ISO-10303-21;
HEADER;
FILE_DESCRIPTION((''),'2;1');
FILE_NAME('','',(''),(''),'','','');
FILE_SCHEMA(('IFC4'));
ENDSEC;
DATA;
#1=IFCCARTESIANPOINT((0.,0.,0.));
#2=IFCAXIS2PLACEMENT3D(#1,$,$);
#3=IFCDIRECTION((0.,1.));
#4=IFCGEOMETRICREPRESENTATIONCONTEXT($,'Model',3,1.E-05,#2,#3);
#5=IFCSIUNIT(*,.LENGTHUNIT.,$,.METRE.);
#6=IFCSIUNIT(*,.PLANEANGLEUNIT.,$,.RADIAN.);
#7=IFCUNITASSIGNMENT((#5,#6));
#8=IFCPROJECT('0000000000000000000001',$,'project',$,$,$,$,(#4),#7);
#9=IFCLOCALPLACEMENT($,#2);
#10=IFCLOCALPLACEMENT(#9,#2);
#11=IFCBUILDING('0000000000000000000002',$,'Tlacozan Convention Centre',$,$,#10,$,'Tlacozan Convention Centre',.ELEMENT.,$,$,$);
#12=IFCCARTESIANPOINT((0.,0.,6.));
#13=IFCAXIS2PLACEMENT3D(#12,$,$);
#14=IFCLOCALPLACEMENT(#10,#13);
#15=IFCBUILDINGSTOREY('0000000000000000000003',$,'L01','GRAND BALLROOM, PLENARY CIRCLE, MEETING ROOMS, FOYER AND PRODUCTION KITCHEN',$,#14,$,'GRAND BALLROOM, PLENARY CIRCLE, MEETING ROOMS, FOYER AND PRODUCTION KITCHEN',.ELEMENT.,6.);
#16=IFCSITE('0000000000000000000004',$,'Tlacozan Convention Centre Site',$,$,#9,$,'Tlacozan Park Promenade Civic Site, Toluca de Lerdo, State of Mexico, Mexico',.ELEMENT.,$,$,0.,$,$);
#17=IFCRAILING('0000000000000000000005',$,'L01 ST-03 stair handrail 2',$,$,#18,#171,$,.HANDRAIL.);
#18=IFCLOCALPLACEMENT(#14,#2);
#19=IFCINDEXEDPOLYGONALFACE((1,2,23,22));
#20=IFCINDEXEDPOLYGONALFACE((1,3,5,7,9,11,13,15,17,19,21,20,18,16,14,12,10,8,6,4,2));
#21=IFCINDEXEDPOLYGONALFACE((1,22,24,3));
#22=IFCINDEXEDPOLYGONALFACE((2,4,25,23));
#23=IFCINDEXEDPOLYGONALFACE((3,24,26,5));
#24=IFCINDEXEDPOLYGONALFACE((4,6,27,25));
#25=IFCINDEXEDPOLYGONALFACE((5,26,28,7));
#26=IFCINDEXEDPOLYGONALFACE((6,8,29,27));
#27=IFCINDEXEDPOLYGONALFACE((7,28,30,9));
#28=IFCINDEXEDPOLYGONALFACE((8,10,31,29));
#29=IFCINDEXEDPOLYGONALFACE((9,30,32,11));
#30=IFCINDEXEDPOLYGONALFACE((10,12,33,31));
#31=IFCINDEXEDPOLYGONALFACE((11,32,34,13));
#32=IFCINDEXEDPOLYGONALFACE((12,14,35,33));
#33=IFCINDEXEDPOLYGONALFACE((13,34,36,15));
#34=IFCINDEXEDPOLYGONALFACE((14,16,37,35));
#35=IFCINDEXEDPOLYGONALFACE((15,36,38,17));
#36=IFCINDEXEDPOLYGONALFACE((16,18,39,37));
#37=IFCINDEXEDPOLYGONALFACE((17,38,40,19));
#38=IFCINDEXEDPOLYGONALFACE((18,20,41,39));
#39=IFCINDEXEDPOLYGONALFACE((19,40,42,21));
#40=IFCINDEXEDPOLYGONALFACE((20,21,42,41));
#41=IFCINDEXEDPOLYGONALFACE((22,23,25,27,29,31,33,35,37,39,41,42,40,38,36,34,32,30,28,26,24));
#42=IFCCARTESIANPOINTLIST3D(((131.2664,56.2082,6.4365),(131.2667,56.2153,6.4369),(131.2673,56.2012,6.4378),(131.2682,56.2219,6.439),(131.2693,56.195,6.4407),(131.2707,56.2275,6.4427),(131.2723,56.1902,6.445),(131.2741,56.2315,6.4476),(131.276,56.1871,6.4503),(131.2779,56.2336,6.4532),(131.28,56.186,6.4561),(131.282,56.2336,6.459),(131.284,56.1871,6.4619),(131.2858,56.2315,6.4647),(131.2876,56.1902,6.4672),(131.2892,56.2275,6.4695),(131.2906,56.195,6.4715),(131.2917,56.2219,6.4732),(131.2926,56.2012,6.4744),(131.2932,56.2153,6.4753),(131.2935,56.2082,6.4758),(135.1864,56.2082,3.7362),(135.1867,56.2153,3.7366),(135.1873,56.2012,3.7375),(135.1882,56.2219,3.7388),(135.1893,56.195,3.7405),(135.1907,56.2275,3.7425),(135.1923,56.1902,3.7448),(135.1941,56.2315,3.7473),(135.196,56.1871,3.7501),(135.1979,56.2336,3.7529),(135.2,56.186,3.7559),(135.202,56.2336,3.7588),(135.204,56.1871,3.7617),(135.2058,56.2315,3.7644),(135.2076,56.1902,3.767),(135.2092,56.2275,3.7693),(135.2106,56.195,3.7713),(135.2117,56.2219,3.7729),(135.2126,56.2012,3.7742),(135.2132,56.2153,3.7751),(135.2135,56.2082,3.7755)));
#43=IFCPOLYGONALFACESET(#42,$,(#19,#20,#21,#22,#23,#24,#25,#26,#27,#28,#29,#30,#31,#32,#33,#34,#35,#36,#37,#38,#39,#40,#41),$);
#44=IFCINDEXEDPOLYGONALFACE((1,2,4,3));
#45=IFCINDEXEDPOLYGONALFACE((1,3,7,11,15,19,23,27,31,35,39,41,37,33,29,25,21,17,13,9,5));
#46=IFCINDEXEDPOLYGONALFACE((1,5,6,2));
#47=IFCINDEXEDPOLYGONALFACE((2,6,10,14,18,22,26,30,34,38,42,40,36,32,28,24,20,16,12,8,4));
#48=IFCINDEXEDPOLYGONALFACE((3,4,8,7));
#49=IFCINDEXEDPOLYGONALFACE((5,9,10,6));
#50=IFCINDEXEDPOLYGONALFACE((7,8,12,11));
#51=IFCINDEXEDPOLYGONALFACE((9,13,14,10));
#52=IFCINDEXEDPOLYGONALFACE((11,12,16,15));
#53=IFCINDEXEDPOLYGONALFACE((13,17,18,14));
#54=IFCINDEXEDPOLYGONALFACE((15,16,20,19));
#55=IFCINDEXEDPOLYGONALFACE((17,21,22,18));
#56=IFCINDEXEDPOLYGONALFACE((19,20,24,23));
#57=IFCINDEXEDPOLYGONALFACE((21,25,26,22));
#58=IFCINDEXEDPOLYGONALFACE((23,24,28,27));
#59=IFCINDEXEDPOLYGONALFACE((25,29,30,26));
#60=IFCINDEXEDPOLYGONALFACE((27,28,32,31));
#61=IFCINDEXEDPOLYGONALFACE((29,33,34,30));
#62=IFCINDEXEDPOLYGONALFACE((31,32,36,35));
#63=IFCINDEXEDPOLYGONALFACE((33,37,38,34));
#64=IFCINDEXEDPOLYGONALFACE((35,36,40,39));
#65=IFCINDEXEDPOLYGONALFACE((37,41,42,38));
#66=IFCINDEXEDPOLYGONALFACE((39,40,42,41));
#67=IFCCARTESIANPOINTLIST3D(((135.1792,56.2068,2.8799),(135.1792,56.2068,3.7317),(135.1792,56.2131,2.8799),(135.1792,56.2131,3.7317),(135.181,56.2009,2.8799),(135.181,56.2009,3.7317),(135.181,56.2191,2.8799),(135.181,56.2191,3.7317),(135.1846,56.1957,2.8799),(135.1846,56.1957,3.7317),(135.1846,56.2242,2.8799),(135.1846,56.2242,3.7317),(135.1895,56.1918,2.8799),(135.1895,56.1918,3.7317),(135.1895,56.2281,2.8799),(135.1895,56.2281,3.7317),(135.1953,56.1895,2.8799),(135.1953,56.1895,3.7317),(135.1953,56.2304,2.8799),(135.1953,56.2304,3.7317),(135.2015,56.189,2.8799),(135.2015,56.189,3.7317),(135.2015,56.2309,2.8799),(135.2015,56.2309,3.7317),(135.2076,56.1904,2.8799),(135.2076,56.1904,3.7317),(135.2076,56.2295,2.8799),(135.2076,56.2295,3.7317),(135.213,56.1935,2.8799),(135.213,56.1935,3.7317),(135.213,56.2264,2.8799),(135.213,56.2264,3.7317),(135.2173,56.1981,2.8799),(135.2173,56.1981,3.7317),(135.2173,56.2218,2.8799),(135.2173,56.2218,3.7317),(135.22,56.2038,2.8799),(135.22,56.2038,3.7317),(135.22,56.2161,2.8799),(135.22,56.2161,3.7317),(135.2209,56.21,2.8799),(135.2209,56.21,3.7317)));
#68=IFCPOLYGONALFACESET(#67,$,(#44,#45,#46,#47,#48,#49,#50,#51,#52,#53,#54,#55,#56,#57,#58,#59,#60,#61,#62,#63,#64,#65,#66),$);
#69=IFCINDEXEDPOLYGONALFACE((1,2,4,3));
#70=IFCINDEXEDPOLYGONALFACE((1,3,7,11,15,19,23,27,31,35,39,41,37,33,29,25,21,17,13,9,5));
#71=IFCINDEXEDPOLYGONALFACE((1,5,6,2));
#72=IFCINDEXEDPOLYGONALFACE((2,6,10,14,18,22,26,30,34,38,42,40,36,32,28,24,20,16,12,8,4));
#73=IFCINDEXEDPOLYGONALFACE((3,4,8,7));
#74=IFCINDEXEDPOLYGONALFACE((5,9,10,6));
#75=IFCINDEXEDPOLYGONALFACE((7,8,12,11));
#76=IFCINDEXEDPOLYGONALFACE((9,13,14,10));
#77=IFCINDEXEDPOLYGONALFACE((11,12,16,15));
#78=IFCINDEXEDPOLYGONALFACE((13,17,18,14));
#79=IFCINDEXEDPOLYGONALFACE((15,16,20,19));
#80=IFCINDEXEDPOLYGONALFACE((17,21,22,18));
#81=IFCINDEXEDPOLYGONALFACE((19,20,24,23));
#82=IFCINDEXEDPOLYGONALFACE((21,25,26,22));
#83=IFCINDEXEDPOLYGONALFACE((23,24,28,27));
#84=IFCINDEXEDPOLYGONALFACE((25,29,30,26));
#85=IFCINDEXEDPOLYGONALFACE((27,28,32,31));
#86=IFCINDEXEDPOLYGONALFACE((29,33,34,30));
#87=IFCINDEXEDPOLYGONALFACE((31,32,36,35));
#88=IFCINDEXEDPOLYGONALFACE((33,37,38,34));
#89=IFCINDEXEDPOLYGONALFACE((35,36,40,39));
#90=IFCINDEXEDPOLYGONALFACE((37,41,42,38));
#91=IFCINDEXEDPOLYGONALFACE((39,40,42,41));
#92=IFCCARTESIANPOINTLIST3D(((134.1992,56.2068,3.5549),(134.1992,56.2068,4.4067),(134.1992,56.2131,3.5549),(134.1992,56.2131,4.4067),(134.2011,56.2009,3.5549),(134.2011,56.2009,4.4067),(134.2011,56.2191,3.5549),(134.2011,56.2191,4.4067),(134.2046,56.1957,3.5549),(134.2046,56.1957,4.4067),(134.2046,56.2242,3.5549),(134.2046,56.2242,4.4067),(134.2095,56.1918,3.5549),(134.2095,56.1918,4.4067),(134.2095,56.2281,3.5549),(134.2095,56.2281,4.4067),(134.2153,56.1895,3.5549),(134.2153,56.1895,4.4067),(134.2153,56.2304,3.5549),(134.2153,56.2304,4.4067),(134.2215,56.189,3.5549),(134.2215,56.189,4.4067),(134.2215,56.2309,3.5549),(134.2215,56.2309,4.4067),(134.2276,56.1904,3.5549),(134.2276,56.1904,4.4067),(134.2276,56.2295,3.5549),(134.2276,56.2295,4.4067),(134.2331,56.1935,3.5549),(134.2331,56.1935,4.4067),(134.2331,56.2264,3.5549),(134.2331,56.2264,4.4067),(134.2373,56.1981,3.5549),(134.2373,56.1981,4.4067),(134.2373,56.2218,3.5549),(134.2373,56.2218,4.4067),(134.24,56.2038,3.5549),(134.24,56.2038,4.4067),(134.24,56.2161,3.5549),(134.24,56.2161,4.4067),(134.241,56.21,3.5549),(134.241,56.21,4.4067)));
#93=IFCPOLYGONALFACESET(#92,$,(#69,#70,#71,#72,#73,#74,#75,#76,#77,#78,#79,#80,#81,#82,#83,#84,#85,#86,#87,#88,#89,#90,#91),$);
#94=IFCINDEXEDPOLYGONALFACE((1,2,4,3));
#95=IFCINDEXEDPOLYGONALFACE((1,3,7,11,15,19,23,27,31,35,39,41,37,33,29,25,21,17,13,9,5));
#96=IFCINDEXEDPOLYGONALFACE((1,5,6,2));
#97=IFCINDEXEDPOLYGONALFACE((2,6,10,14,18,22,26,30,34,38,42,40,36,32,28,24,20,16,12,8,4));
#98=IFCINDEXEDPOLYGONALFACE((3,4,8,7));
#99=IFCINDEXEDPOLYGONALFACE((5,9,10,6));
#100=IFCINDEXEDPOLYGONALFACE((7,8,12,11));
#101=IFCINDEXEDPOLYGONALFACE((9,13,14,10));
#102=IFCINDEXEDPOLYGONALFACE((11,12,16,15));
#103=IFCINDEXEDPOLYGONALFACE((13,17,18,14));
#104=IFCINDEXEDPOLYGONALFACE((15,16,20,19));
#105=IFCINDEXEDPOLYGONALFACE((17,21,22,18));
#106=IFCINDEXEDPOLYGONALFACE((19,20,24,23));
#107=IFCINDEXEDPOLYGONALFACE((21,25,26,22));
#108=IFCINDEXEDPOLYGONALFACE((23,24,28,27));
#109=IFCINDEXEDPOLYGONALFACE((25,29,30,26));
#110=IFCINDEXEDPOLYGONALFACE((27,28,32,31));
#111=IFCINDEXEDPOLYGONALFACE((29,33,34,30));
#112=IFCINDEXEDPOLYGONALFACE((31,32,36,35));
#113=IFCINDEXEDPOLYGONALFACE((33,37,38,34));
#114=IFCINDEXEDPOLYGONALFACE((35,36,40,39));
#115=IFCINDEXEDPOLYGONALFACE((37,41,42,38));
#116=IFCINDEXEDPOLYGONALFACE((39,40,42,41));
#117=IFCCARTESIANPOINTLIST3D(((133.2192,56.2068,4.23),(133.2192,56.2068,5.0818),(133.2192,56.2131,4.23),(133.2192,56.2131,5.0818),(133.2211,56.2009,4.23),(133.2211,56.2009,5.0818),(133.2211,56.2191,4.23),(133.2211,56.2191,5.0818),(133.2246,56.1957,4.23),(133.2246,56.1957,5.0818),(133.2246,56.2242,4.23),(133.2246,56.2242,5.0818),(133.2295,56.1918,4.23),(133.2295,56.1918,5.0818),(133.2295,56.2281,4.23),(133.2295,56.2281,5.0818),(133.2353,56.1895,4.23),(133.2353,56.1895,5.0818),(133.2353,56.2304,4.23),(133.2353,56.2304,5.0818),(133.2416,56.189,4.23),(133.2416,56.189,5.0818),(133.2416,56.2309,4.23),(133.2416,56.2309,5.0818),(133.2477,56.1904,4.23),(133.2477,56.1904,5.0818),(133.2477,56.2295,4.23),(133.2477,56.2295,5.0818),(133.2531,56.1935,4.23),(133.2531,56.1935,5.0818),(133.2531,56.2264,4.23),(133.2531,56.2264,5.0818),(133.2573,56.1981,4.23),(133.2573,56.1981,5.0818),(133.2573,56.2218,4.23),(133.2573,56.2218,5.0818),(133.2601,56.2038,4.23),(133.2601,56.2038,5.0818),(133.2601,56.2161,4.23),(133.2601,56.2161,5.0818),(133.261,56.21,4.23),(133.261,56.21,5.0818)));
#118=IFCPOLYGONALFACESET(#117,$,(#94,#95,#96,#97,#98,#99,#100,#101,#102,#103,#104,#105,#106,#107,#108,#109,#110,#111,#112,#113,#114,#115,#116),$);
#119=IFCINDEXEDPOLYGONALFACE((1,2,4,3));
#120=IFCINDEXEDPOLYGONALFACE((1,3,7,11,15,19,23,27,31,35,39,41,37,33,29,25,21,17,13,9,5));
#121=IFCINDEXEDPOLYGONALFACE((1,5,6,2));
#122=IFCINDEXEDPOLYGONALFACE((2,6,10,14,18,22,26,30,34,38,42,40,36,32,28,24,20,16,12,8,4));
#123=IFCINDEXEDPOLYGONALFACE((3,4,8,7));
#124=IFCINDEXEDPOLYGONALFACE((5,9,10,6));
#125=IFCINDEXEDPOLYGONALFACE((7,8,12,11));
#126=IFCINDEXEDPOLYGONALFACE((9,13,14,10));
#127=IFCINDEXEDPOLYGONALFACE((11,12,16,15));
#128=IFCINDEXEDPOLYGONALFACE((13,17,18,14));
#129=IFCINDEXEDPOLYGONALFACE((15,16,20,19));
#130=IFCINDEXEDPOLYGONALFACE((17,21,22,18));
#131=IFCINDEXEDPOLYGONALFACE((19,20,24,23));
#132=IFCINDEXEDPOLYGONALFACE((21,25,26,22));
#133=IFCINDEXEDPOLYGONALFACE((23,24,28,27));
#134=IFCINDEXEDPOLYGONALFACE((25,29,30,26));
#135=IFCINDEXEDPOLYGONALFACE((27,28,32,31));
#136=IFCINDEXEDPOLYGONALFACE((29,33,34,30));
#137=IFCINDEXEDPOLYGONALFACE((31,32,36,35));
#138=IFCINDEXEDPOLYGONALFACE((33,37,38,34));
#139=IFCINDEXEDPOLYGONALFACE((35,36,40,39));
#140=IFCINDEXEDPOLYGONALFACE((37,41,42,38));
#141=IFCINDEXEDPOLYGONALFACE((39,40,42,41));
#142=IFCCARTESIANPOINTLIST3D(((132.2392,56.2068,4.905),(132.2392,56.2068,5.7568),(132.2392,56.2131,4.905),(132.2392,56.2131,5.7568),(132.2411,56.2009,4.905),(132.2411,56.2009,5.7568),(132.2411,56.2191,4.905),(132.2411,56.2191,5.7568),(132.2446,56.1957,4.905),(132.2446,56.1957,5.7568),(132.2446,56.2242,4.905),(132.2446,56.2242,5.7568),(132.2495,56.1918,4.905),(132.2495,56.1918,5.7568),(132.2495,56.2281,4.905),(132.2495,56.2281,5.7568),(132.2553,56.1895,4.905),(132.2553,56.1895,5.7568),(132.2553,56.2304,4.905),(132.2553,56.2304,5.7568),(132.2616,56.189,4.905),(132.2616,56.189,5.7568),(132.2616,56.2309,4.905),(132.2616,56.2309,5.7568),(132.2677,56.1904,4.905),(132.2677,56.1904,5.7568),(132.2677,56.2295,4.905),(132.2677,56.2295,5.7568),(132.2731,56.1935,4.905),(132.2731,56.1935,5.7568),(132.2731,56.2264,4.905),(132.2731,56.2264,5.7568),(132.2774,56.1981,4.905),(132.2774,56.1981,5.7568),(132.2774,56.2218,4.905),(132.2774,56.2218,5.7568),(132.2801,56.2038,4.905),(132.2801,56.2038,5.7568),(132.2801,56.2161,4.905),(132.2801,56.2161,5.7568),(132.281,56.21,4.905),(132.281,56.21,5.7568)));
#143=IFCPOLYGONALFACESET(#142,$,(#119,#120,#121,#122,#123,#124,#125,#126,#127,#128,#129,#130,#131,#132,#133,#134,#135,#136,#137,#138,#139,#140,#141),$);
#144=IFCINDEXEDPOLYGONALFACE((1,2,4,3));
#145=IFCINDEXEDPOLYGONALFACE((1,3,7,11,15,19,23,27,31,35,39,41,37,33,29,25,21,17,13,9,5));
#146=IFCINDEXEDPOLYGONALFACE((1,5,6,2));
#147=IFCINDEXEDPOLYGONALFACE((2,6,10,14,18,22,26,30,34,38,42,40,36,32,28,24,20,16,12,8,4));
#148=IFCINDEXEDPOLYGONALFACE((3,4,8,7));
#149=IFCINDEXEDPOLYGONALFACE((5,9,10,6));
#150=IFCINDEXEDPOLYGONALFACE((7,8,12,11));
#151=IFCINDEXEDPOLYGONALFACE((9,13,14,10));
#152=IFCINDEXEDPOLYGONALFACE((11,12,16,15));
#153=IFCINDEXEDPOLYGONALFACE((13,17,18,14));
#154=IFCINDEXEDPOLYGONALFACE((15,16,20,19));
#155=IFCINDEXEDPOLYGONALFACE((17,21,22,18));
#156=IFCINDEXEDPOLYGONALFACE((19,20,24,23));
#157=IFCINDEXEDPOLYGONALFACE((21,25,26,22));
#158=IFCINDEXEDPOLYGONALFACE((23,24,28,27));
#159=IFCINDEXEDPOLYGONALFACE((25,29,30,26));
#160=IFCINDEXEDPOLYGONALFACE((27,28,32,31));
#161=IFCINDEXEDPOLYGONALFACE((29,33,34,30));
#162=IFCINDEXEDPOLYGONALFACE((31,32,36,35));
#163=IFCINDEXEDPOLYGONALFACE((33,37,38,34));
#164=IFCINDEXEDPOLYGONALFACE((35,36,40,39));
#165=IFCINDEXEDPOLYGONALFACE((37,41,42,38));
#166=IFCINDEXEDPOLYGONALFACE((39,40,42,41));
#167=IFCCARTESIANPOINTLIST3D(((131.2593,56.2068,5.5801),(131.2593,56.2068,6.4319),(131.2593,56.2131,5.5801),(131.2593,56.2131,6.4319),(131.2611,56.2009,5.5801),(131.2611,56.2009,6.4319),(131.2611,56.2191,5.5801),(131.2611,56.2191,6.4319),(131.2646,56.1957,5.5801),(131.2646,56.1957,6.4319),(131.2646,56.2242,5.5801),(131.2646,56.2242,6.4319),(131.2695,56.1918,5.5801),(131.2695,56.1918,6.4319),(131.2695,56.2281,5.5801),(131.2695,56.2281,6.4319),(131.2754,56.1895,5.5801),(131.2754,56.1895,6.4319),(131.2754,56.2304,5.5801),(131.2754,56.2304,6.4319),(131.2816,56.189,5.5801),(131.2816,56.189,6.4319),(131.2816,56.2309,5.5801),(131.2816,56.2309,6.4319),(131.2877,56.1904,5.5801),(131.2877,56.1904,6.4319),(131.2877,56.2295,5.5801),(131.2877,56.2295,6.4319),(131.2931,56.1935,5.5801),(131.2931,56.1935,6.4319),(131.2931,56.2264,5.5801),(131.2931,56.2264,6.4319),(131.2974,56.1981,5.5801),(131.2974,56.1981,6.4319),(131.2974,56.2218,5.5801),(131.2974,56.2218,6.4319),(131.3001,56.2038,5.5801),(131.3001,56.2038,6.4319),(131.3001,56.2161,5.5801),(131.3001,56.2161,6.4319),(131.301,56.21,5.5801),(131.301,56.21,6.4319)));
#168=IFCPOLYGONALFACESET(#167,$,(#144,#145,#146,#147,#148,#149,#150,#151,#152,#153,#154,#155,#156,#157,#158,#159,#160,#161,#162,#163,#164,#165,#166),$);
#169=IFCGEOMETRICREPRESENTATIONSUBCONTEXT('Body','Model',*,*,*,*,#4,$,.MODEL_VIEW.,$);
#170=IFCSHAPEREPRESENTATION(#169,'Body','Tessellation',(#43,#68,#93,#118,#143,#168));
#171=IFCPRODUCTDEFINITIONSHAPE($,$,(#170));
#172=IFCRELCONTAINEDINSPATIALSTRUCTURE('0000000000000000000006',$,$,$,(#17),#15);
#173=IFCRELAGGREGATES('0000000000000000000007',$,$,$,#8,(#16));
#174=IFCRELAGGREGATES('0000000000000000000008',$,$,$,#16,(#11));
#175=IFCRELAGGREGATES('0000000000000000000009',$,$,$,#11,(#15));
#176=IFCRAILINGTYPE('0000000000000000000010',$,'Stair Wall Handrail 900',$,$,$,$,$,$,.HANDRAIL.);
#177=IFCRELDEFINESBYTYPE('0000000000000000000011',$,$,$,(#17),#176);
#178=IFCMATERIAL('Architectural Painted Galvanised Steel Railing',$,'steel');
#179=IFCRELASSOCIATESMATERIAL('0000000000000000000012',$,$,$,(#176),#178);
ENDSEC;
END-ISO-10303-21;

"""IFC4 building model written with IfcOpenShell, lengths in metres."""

from ifc_helpers import new_model, si_unit, direction, frame, origin, origin_2d, place, context, subcontext, project, spatial, circle, extrude, material, type_object, element, save


model = new_model("IFC4")

# Units and contexts
model_context = context("Model", 3, precision=1e-05, world=origin(), true_north=direction((0.0, 1.0)))
body_context = subcontext(model_context, "Body", "Model", "MODEL_VIEW")
ifc_project = project(units=[si_unit("LENGTHUNIT", "METRE"), si_unit("PLANEANGLEUNIT", "RADIAN")], contexts=[model_context])

# Site, building, storey
site_placement = place(None, origin())
site = spatial("IfcSite", under=ifc_project, at=site_placement, Name="Tlacozan Convention Centre Site", LongName="Tlacozan Park Promenade Civic Site, Toluca de Lerdo, State of Mexico, Mexico", CompositionType="ELEMENT", RefElevation=0.0)
building_placement = place(site_placement, origin())
building = spatial("IfcBuilding", under=site, at=building_placement, Name="Tlacozan Convention Centre", LongName="Tlacozan Convention Centre", CompositionType="ELEMENT")
storey_placement = place(building_placement, frame((0.0, 0.0, 6.0)))
storey = spatial("IfcBuildingStorey", under=building, at=storey_placement, Name="L01", Description="GRAND BALLROOM, PLENARY CIRCLE, MEETING ROOMS, FOYER AND PRODUCTION KITCHEN", LongName="GRAND BALLROOM, PLENARY CIRCLE, MEETING ROOMS, FOYER AND PRODUCTION KITCHEN", CompositionType="ELEMENT", Elevation=6.0)

# Railing
ifc_material_1 = material(Name="Architectural Painted Galvanised Steel Railing", Category="steel")
railing_type_1 = type_object("IfcRailingType", Name="Stair Wall Handrail 900", PredefinedType="HANDRAIL", material=ifc_material_1)
railing_1_placement = place(storey_placement, frame((135.2, 56.21, 2.8799)))
element("IfcRailing", 1, at=railing_1_placement, inside=storey, type_object=railing_type_1, Name="L01 ST-03 stair handrail 2", PredefinedType="HANDRAIL", context=body_context, shape_type="SweptSolid", body=[
    extrude(circle(Radius=0.0239, at=origin_2d()), frame((0.0, 0.0, 0.876), z_axis=(-0.823527, 0.0, 0.567277), x_axis=(0.0, -1.0, 0.0)), (0.0, 0.0, 1.0), 4.76),
    extrude(circle(Radius=0.021, at=origin_2d()), origin(), (0.0, 0.0, 1.0), 0.8518),
    extrude(circle(Radius=0.021, at=origin_2d()), frame((-0.98, 0.0, 0.675)), (0.0, 0.0, 1.0), 0.8518),
    extrude(circle(Radius=0.021, at=origin_2d()), frame((-1.96, 0.0, 1.3501)), (0.0, 0.0, 1.0), 0.8518),
    extrude(circle(Radius=0.021, at=origin_2d()), frame((-2.9399, 0.0, 2.0251)), (0.0, 0.0, 1.0), 0.8518),
    extrude(circle(Radius=0.021, at=origin_2d()), frame((-3.9199, 0.0, 2.7002)), (0.0, 0.0, 1.0), 0.8518),
])

save(model, "model.ifc")
